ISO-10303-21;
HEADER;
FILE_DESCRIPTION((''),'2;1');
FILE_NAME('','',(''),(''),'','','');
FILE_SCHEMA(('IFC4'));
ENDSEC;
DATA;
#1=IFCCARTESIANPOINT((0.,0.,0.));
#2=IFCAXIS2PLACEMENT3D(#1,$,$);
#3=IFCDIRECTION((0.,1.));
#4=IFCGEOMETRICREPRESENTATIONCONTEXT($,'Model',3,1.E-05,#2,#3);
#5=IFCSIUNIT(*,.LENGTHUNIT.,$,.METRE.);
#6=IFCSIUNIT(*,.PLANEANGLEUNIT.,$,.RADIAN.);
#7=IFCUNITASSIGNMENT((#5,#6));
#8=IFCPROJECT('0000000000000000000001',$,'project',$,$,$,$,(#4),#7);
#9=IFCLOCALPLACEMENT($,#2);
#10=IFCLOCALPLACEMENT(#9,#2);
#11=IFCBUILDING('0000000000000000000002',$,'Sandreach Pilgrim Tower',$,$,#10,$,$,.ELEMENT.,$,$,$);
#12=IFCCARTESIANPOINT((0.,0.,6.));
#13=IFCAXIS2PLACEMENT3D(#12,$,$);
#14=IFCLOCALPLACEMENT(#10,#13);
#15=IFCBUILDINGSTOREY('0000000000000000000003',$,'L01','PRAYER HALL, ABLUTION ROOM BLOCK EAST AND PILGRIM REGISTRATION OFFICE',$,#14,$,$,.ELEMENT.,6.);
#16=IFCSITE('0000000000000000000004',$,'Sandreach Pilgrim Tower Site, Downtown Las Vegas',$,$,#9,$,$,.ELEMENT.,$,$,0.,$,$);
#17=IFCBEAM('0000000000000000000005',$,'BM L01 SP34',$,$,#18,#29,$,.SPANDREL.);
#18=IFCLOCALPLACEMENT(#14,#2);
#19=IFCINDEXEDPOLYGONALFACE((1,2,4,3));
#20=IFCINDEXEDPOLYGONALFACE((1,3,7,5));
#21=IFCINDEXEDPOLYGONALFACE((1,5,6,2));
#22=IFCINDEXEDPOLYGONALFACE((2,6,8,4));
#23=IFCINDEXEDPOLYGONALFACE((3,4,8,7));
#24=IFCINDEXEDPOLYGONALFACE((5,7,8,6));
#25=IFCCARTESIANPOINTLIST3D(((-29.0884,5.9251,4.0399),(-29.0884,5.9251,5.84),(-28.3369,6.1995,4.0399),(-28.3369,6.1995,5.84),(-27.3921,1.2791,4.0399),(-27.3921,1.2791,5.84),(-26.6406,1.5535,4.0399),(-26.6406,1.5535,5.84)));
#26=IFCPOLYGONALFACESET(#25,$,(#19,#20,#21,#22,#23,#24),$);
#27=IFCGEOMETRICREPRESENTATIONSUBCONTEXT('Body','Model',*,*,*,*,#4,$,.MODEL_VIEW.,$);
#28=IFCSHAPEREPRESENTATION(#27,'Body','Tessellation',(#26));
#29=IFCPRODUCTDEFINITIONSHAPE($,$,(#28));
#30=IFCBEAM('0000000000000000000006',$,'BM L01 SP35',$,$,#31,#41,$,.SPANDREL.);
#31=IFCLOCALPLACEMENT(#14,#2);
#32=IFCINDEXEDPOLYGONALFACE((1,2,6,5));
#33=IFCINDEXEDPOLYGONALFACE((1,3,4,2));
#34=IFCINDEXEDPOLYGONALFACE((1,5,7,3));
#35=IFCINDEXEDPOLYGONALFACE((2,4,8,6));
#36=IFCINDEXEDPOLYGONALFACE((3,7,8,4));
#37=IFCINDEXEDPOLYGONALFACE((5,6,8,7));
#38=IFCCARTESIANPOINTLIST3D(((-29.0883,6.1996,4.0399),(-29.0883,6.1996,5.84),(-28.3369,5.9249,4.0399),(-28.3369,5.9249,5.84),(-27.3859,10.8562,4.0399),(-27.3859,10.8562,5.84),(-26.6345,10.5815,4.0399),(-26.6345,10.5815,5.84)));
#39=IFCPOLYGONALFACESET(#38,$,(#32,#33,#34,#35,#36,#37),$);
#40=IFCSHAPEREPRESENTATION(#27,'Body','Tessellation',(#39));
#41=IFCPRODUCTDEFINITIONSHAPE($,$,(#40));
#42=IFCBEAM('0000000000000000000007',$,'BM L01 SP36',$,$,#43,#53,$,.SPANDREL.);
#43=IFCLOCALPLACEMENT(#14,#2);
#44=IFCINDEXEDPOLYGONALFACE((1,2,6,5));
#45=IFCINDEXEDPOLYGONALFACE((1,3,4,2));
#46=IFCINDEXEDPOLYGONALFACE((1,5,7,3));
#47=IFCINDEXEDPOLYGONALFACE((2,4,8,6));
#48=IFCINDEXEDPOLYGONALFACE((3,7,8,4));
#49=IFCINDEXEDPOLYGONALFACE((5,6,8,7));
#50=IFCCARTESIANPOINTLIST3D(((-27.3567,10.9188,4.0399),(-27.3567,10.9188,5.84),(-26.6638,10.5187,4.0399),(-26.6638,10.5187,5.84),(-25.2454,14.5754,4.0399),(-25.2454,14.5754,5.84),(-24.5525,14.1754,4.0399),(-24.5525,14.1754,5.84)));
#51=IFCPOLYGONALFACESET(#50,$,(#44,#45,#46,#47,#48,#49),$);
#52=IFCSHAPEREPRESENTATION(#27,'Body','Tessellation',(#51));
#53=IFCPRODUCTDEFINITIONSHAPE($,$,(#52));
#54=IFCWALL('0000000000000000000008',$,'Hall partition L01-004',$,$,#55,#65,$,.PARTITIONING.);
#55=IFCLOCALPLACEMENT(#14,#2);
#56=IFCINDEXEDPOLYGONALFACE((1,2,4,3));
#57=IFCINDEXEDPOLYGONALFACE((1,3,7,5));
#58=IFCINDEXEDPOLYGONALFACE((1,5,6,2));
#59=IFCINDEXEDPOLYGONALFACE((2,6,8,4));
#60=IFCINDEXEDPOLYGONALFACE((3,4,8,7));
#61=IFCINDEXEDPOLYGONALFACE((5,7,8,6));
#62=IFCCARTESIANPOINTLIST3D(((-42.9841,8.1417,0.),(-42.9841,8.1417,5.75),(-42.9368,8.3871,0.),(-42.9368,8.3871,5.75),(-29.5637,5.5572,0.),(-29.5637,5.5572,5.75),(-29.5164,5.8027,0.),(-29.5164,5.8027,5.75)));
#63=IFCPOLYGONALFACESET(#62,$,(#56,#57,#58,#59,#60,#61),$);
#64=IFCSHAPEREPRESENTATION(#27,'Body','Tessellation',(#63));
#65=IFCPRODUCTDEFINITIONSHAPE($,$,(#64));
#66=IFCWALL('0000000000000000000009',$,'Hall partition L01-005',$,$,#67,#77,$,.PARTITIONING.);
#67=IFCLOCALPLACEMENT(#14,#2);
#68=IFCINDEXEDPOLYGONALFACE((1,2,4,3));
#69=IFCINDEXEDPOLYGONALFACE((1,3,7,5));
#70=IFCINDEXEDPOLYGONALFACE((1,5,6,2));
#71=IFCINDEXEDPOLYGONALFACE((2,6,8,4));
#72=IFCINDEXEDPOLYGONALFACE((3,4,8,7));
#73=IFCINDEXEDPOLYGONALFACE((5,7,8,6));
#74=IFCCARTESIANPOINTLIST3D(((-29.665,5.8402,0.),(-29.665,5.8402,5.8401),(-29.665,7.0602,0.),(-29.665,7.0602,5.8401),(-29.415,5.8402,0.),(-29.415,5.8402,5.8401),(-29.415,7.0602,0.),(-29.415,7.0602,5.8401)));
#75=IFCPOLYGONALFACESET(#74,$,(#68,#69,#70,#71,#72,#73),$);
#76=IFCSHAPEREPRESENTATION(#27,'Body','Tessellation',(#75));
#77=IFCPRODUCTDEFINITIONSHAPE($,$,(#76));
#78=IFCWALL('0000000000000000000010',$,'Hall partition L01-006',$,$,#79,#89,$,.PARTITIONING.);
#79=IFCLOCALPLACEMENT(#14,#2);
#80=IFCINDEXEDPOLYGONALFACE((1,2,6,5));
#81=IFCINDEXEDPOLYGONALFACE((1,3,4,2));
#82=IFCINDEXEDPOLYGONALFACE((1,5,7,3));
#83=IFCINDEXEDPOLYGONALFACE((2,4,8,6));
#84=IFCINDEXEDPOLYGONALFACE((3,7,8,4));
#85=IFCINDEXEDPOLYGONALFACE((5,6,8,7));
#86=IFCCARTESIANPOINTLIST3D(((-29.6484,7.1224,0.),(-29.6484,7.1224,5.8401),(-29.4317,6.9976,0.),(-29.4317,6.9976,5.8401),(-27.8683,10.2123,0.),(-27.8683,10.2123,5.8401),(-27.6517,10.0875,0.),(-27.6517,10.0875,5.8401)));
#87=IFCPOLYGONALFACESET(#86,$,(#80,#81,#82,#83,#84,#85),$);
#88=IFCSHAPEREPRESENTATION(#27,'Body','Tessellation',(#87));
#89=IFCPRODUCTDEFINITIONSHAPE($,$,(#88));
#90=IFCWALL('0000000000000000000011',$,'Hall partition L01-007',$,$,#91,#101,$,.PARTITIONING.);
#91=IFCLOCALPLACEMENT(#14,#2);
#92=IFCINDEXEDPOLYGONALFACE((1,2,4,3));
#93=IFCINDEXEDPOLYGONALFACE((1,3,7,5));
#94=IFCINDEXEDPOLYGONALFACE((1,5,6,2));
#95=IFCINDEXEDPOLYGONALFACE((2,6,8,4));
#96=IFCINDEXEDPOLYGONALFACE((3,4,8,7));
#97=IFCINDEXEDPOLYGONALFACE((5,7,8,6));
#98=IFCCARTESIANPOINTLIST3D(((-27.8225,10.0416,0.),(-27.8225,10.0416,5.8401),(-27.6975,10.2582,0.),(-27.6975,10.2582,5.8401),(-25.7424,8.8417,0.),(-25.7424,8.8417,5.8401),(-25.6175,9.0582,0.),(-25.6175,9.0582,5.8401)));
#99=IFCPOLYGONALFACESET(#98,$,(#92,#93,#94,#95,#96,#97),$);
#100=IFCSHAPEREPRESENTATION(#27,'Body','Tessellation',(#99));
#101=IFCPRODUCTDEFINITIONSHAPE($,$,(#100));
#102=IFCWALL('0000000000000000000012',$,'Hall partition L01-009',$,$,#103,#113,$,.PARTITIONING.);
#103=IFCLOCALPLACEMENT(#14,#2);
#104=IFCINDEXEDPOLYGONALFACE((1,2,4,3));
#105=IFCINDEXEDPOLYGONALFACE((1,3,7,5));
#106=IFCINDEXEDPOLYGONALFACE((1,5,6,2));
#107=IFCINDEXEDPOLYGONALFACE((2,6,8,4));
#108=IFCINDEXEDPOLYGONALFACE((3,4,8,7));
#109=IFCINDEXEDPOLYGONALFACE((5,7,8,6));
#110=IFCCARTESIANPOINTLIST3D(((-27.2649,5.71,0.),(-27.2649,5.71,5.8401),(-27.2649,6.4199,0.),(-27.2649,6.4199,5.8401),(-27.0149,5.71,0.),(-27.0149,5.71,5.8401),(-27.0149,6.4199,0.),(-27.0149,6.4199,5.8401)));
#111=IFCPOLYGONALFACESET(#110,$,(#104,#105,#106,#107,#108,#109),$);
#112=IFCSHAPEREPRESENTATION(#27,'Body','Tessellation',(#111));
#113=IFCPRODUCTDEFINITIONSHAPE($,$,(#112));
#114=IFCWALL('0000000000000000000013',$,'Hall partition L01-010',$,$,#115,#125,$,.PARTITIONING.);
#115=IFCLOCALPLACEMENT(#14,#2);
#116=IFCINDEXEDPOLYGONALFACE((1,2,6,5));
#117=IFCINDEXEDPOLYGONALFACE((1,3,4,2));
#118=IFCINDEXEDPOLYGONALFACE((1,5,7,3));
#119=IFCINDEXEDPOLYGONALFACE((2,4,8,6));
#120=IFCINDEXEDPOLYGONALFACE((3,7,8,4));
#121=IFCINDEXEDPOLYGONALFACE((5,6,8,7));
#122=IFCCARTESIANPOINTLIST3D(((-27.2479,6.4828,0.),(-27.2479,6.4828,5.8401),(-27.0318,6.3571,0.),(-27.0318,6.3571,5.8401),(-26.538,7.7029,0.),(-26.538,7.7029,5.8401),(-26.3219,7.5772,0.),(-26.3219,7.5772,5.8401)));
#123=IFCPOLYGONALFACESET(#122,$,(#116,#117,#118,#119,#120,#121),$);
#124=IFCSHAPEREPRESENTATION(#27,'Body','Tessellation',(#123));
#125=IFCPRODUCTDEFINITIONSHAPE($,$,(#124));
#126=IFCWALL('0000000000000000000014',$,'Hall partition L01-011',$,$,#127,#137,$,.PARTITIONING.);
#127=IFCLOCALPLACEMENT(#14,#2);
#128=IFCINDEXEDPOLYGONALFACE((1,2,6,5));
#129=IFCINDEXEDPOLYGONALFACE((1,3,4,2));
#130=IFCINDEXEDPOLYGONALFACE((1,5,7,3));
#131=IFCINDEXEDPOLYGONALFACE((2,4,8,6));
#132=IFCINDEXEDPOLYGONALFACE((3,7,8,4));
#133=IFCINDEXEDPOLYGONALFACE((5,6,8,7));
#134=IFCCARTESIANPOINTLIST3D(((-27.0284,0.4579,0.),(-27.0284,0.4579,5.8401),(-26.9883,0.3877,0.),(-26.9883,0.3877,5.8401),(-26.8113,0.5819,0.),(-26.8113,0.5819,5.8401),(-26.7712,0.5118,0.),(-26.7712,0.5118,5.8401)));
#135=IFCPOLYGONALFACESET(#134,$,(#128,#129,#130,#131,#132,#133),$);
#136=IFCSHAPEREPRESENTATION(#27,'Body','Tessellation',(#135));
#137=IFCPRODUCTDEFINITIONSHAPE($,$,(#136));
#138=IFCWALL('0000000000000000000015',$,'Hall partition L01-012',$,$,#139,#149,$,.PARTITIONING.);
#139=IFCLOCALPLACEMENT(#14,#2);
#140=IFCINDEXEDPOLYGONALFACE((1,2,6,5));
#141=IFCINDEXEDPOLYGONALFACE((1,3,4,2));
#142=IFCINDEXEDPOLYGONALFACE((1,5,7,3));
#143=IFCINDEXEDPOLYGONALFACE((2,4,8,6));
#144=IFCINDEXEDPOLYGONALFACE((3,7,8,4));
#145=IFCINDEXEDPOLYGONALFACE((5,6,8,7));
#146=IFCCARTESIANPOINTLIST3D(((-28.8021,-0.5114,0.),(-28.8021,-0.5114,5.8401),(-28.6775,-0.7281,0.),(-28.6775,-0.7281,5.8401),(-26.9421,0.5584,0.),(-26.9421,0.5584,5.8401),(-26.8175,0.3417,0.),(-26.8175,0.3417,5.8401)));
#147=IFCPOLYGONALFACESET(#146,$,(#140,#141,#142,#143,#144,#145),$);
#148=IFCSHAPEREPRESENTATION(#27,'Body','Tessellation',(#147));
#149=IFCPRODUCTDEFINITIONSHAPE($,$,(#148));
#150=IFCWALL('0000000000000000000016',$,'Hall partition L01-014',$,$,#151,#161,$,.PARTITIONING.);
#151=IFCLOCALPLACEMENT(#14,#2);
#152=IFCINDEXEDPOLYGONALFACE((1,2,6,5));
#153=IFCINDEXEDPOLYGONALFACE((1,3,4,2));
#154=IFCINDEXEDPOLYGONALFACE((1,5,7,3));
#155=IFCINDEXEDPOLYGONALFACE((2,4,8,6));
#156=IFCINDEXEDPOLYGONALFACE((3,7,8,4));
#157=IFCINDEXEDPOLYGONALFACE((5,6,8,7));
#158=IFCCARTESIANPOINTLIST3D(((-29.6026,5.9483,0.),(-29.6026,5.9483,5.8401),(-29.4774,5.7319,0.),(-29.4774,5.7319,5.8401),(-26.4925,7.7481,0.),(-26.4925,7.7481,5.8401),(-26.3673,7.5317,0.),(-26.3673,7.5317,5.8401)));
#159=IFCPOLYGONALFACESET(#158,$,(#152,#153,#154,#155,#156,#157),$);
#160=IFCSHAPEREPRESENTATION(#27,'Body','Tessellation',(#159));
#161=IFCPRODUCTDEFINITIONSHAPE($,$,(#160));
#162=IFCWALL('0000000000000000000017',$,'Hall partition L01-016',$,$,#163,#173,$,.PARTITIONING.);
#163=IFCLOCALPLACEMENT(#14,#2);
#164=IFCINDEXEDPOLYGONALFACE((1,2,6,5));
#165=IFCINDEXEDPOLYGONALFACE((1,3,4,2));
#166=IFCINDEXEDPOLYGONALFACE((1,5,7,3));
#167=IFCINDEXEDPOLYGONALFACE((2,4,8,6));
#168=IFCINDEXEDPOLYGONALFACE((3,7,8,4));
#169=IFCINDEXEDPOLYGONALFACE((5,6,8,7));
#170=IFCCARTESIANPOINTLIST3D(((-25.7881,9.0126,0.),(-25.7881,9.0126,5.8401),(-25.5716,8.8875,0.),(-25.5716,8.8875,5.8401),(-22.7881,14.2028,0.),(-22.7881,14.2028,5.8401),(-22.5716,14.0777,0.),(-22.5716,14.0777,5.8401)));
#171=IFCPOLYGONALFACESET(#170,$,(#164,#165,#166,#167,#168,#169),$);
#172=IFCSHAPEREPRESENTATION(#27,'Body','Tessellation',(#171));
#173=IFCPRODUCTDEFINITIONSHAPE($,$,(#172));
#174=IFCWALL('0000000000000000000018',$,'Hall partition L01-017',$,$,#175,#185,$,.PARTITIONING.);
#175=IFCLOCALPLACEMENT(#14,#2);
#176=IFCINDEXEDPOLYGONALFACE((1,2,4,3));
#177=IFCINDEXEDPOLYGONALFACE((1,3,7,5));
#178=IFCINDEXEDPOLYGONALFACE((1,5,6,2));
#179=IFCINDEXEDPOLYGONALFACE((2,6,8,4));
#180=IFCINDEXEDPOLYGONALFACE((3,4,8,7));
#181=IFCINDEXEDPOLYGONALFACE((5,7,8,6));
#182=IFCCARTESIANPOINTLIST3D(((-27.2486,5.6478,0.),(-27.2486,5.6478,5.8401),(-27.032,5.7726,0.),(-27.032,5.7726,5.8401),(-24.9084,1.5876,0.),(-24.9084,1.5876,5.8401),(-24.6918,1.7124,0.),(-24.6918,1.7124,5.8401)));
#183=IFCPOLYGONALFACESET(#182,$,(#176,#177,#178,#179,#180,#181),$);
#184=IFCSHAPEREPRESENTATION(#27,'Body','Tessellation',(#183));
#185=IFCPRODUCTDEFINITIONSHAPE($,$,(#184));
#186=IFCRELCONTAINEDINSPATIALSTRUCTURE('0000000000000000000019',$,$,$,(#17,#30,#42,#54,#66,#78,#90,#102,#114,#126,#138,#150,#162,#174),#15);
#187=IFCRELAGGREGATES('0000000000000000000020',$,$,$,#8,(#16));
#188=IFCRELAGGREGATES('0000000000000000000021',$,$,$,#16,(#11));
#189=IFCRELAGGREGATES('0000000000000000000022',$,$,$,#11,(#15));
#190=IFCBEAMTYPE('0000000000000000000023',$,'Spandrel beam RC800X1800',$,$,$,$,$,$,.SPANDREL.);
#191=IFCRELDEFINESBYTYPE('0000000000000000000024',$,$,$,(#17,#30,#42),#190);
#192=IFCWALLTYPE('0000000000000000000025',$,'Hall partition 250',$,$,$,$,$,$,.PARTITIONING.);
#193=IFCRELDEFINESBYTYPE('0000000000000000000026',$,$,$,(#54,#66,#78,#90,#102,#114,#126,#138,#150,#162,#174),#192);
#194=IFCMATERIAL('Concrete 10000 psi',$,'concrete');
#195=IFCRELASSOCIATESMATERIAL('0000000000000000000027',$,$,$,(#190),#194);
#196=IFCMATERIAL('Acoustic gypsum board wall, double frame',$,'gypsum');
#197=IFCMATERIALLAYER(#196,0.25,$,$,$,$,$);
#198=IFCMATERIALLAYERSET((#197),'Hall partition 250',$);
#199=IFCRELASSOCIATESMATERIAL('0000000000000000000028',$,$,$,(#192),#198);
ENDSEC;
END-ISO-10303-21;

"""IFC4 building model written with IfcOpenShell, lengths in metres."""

from ifc_helpers import new_model, si_unit, direction, frame, frame_2d, origin, origin_2d, place, context, subcontext, project, spatial, rectangle, extrude, material, layer, layer_set, material_profile, profile_set, type_object, element, save


model = new_model("IFC4")

# Units and contexts
model_context = context("Model", 3, precision=1e-05, world=origin(), true_north=direction((0.0, 1.0)))
body_context = subcontext(model_context, "Body", "Model", "MODEL_VIEW")
ifc_project = project(units=[si_unit("LENGTHUNIT", "METRE"), si_unit("PLANEANGLEUNIT", "RADIAN")], contexts=[model_context])

# Site, building, storey
site_placement = place(None, origin())
site = spatial("IfcSite", under=ifc_project, at=site_placement, Name="Sandreach Pilgrim Tower Site, Downtown Las Vegas", CompositionType="ELEMENT", RefElevation=0.0)
building_placement = place(site_placement, origin())
building = spatial("IfcBuilding", under=site, at=building_placement, Name="Sandreach Pilgrim Tower", CompositionType="ELEMENT")
storey_placement = place(building_placement, frame((0.0, 0.0, 6.0)))
storey = spatial("IfcBuildingStorey", under=building, at=storey_placement, Name="L01", Description="PRAYER HALL, ABLUTION ROOM BLOCK EAST AND PILGRIM REGISTRATION OFFICE", CompositionType="ELEMENT", Elevation=6.0)

# Beams
ifc_material_1 = material(Name="Concrete 10000 psi", Category="concrete")
ifc_material_profile_1 = material_profile(ifc_material_1, rectangle(XDim=0.8, YDim=1.8, at=origin_2d()), Name="RC800X1800")
ifc_profile_set_1 = profile_set([ifc_material_profile_1], Name="Concrete 10000 psi")
beam_type_1 = type_object("IfcBeamType", Name="Spandrel beam RC800X1800", PredefinedType="SPANDREL", material=ifc_profile_set_1)
beam_1_placement = place(storey_placement, frame((-27.0164, 1.4163, 4.9399), z_axis=(-0.342963, 0.939349, 0.0), x_axis=(-0.939349, -0.342963, 0.0)))
element("IfcBeam", 1, at=beam_1_placement, inside=storey, type_object=beam_type_1, Name="BM L01 SP34", PredefinedType="SPANDREL", context=body_context, shape_type="SweptSolid", body=[
    extrude(rectangle(XDim=0.8, YDim=1.8, at=origin_2d()), origin(), (0.0, 0.0, 1.0), 4.946),
])
beam_2_placement = place(storey_placement, frame((-28.7126, 6.0623, 4.9399), z_axis=(0.343368, 0.939201, 0.0), x_axis=(-0.939201, 0.343368, 0.0)))
element("IfcBeam", 2, at=beam_2_placement, inside=storey, type_object=beam_type_1, Name="BM L01 SP35", PredefinedType="SPANDREL", context=body_context, shape_type="SweptSolid", body=[
    extrude(rectangle(XDim=0.8, YDim=1.8, at=origin_2d()), origin(), (0.0, 0.0, 1.0), 4.958),
])
beam_3_placement = place(storey_placement, frame((-27.0103, 10.7188, 4.9399), z_axis=(0.500019, 0.866014, 0.0), x_axis=(-0.866014, 0.500019, 0.0)))
element("IfcBeam", 3, at=beam_3_placement, inside=storey, type_object=beam_type_1, Name="BM L01 SP36", PredefinedType="SPANDREL", context=body_context, shape_type="SweptSolid", body=[
    extrude(rectangle(XDim=0.8, YDim=1.8, at=origin_2d()), origin(), (0.0, 0.0, 1.0), 4.2224),
])

# Walls
ifc_material_2 = material(Name="Acoustic gypsum board wall, double frame", Category="gypsum")
ifc_layer = layer(ifc_material_2, 0.25)
ifc_layer_set = layer_set([ifc_layer], Name="Hall partition 250")
wall_type = type_object("IfcWallType", Name="Hall partition 250", PredefinedType="PARTITIONING", material=ifc_layer_set)
wall_1_placement = place(storey_placement, frame((-29.54, 5.6799, 0.0), z_axis=(0.0, 0.0, 1.0), x_axis=(-0.981957, 0.189103, 0.0)))
element("IfcWall", 4, at=wall_1_placement, inside=storey, type_object=wall_type, Name="Hall partition L01-004", PredefinedType="PARTITIONING", context=body_context, shape_type="SweptSolid", body=[
    extrude(rectangle(XDim=13.667, YDim=0.25, at=frame_2d((6.8335, 0.0))), origin(), (0.0, 0.0, 1.0), 5.75),
])
wall_2_placement = place(storey_placement, frame((-29.54, 7.0601, 0.0), z_axis=(0.0, 0.0, 1.0), x_axis=(0.0, -1.0, 0.0)))
element("IfcWall", 5, at=wall_2_placement, inside=storey, type_object=wall_type, Name="Hall partition L01-005", PredefinedType="PARTITIONING", context=body_context, shape_type="SweptSolid", body=[
    extrude(rectangle(XDim=1.22, YDim=0.25, at=frame_2d((0.6099, 0.0))), origin(), (0.0, 0.0, 1.0), 5.8401),
])
wall_3_placement = place(storey_placement, frame((-27.76, 10.1499, 0.0), z_axis=(0.0, 0.0, 1.0), x_axis=(-0.499181, -0.866498, 0.0)))
element("IfcWall", 6, at=wall_3_placement, inside=storey, type_object=wall_type, Name="Hall partition L01-006", PredefinedType="PARTITIONING", context=body_context, shape_type="SweptSolid", body=[
    extrude(rectangle(XDim=3.5659, YDim=0.25, at=frame_2d((1.783, 0.0))), origin(), (0.0, 0.0, 1.0), 5.8401),
])
wall_4_placement = place(storey_placement, frame((-27.76, 10.1499, 0.0), z_axis=(0.0, 0.0, 1.0), x_axis=(0.866203, -0.499693, 0.0)))
element("IfcWall", 7, at=wall_4_placement, inside=storey, type_object=wall_type, Name="Hall partition L01-007", PredefinedType="PARTITIONING", context=body_context, shape_type="SweptSolid", body=[
    extrude(rectangle(XDim=2.4014, YDim=0.25, at=frame_2d((1.2007, 0.0))), origin(), (0.0, 0.0, 1.0), 5.8401),
])
wall_5_placement = place(storey_placement, frame((-27.1399, 5.71, 0.0), z_axis=(0.0, 0.0, 1.0), x_axis=(0.0, 1.0, 0.0)))
element("IfcWall", 8, at=wall_5_placement, inside=storey, type_object=wall_type, Name="Hall partition L01-009", PredefinedType="PARTITIONING", context=body_context, shape_type="SweptSolid", body=[
    extrude(rectangle(XDim=0.71, YDim=0.25, at=frame_2d((0.355, 0.0))), origin(), (0.0, 0.0, 1.0), 5.8401),
])
wall_6_placement = place(storey_placement, frame((-27.1399, 6.4199, 0.0), z_axis=(0.0, 0.0, 1.0), x_axis=(0.502903, 0.864343, 0.0)))
element("IfcWall", 9, at=wall_6_placement, inside=storey, type_object=wall_type, Name="Hall partition L01-010", PredefinedType="PARTITIONING", context=body_context, shape_type="SweptSolid", body=[
    extrude(rectangle(XDim=1.4116, YDim=0.25, at=frame_2d((0.7058, 0.0))), origin(), (0.0, 0.0, 1.0), 5.8401),
])
wall_7_placement = place(storey_placement, frame((-26.9199, 0.52, 0.0), z_axis=(0.0, 0.0, 1.0), x_axis=(0.496139, -0.868243, 0.0)))
element("IfcWall", 10, at=wall_7_placement, inside=storey, type_object=wall_type, Name="Hall partition L01-011", PredefinedType="PARTITIONING", context=body_context, shape_type="SweptSolid", body=[
    extrude(rectangle(XDim=0.0808, YDim=0.25, at=frame_2d((0.0405, 0.0))), origin(), (0.0, 0.0, 1.0), 5.8401),
])
wall_8_placement = place(storey_placement, frame((-26.8799, 0.45, 0.0), z_axis=(0.0, 0.0, 1.0), x_axis=(-0.866853, -0.498563, 0.0)))
element("IfcWall", 11, at=wall_8_placement, inside=storey, type_object=wall_type, Name="Hall partition L01-012", PredefinedType="PARTITIONING", context=body_context, shape_type="SweptSolid", body=[
    extrude(rectangle(XDim=2.1458, YDim=0.25, at=frame_2d((1.0728, 0.0))), origin(), (0.0, 0.0, 1.0), 5.8401),
])
wall_9_placement = place(storey_placement, frame((-26.4299, 7.6399, 0.0), z_axis=(0.0, 0.0, 1.0), x_axis=(-0.865521, -0.500873, 0.0)))
element("IfcWall", 12, at=wall_9_placement, inside=storey, type_object=wall_type, Name="Hall partition L01-014", PredefinedType="PARTITIONING", context=body_context, shape_type="SweptSolid", body=[
    extrude(rectangle(XDim=3.5933, YDim=0.25, at=frame_2d((1.7966, 0.0))), origin(), (0.0, 0.0, 1.0), 5.8401),
])
wall_10_placement = place(storey_placement, frame((-25.6799, 8.95, 0.0), z_axis=(0.0, 0.0, 1.0), x_axis=(0.500431, 0.865776, 0.0)))
element("IfcWall", 13, at=wall_10_placement, inside=storey, type_object=wall_type, Name="Hall partition L01-016", PredefinedType="PARTITIONING", context=body_context, shape_type="SweptSolid", body=[
    extrude(rectangle(XDim=5.9949, YDim=0.25, at=frame_2d((2.9976, 0.0))), origin(), (0.0, 0.0, 1.0), 5.8401),
])
wall_11_placement = place(storey_placement, frame((-24.8, 1.6499, 0.0), z_axis=(0.0, 0.0, 1.0), x_axis=(-0.499362, 0.866394, 0.0)))
element("IfcWall", 14, at=wall_11_placement, inside=storey, type_object=wall_type, Name="Hall partition L01-017", PredefinedType="PARTITIONING", context=body_context, shape_type="SweptSolid", body=[
    extrude(rectangle(XDim=4.6863, YDim=0.25, at=frame_2d((2.3433, 0.0))), origin(), (0.0, 0.0, 1.0), 5.8401),
])

save(model, "model.ifc")
